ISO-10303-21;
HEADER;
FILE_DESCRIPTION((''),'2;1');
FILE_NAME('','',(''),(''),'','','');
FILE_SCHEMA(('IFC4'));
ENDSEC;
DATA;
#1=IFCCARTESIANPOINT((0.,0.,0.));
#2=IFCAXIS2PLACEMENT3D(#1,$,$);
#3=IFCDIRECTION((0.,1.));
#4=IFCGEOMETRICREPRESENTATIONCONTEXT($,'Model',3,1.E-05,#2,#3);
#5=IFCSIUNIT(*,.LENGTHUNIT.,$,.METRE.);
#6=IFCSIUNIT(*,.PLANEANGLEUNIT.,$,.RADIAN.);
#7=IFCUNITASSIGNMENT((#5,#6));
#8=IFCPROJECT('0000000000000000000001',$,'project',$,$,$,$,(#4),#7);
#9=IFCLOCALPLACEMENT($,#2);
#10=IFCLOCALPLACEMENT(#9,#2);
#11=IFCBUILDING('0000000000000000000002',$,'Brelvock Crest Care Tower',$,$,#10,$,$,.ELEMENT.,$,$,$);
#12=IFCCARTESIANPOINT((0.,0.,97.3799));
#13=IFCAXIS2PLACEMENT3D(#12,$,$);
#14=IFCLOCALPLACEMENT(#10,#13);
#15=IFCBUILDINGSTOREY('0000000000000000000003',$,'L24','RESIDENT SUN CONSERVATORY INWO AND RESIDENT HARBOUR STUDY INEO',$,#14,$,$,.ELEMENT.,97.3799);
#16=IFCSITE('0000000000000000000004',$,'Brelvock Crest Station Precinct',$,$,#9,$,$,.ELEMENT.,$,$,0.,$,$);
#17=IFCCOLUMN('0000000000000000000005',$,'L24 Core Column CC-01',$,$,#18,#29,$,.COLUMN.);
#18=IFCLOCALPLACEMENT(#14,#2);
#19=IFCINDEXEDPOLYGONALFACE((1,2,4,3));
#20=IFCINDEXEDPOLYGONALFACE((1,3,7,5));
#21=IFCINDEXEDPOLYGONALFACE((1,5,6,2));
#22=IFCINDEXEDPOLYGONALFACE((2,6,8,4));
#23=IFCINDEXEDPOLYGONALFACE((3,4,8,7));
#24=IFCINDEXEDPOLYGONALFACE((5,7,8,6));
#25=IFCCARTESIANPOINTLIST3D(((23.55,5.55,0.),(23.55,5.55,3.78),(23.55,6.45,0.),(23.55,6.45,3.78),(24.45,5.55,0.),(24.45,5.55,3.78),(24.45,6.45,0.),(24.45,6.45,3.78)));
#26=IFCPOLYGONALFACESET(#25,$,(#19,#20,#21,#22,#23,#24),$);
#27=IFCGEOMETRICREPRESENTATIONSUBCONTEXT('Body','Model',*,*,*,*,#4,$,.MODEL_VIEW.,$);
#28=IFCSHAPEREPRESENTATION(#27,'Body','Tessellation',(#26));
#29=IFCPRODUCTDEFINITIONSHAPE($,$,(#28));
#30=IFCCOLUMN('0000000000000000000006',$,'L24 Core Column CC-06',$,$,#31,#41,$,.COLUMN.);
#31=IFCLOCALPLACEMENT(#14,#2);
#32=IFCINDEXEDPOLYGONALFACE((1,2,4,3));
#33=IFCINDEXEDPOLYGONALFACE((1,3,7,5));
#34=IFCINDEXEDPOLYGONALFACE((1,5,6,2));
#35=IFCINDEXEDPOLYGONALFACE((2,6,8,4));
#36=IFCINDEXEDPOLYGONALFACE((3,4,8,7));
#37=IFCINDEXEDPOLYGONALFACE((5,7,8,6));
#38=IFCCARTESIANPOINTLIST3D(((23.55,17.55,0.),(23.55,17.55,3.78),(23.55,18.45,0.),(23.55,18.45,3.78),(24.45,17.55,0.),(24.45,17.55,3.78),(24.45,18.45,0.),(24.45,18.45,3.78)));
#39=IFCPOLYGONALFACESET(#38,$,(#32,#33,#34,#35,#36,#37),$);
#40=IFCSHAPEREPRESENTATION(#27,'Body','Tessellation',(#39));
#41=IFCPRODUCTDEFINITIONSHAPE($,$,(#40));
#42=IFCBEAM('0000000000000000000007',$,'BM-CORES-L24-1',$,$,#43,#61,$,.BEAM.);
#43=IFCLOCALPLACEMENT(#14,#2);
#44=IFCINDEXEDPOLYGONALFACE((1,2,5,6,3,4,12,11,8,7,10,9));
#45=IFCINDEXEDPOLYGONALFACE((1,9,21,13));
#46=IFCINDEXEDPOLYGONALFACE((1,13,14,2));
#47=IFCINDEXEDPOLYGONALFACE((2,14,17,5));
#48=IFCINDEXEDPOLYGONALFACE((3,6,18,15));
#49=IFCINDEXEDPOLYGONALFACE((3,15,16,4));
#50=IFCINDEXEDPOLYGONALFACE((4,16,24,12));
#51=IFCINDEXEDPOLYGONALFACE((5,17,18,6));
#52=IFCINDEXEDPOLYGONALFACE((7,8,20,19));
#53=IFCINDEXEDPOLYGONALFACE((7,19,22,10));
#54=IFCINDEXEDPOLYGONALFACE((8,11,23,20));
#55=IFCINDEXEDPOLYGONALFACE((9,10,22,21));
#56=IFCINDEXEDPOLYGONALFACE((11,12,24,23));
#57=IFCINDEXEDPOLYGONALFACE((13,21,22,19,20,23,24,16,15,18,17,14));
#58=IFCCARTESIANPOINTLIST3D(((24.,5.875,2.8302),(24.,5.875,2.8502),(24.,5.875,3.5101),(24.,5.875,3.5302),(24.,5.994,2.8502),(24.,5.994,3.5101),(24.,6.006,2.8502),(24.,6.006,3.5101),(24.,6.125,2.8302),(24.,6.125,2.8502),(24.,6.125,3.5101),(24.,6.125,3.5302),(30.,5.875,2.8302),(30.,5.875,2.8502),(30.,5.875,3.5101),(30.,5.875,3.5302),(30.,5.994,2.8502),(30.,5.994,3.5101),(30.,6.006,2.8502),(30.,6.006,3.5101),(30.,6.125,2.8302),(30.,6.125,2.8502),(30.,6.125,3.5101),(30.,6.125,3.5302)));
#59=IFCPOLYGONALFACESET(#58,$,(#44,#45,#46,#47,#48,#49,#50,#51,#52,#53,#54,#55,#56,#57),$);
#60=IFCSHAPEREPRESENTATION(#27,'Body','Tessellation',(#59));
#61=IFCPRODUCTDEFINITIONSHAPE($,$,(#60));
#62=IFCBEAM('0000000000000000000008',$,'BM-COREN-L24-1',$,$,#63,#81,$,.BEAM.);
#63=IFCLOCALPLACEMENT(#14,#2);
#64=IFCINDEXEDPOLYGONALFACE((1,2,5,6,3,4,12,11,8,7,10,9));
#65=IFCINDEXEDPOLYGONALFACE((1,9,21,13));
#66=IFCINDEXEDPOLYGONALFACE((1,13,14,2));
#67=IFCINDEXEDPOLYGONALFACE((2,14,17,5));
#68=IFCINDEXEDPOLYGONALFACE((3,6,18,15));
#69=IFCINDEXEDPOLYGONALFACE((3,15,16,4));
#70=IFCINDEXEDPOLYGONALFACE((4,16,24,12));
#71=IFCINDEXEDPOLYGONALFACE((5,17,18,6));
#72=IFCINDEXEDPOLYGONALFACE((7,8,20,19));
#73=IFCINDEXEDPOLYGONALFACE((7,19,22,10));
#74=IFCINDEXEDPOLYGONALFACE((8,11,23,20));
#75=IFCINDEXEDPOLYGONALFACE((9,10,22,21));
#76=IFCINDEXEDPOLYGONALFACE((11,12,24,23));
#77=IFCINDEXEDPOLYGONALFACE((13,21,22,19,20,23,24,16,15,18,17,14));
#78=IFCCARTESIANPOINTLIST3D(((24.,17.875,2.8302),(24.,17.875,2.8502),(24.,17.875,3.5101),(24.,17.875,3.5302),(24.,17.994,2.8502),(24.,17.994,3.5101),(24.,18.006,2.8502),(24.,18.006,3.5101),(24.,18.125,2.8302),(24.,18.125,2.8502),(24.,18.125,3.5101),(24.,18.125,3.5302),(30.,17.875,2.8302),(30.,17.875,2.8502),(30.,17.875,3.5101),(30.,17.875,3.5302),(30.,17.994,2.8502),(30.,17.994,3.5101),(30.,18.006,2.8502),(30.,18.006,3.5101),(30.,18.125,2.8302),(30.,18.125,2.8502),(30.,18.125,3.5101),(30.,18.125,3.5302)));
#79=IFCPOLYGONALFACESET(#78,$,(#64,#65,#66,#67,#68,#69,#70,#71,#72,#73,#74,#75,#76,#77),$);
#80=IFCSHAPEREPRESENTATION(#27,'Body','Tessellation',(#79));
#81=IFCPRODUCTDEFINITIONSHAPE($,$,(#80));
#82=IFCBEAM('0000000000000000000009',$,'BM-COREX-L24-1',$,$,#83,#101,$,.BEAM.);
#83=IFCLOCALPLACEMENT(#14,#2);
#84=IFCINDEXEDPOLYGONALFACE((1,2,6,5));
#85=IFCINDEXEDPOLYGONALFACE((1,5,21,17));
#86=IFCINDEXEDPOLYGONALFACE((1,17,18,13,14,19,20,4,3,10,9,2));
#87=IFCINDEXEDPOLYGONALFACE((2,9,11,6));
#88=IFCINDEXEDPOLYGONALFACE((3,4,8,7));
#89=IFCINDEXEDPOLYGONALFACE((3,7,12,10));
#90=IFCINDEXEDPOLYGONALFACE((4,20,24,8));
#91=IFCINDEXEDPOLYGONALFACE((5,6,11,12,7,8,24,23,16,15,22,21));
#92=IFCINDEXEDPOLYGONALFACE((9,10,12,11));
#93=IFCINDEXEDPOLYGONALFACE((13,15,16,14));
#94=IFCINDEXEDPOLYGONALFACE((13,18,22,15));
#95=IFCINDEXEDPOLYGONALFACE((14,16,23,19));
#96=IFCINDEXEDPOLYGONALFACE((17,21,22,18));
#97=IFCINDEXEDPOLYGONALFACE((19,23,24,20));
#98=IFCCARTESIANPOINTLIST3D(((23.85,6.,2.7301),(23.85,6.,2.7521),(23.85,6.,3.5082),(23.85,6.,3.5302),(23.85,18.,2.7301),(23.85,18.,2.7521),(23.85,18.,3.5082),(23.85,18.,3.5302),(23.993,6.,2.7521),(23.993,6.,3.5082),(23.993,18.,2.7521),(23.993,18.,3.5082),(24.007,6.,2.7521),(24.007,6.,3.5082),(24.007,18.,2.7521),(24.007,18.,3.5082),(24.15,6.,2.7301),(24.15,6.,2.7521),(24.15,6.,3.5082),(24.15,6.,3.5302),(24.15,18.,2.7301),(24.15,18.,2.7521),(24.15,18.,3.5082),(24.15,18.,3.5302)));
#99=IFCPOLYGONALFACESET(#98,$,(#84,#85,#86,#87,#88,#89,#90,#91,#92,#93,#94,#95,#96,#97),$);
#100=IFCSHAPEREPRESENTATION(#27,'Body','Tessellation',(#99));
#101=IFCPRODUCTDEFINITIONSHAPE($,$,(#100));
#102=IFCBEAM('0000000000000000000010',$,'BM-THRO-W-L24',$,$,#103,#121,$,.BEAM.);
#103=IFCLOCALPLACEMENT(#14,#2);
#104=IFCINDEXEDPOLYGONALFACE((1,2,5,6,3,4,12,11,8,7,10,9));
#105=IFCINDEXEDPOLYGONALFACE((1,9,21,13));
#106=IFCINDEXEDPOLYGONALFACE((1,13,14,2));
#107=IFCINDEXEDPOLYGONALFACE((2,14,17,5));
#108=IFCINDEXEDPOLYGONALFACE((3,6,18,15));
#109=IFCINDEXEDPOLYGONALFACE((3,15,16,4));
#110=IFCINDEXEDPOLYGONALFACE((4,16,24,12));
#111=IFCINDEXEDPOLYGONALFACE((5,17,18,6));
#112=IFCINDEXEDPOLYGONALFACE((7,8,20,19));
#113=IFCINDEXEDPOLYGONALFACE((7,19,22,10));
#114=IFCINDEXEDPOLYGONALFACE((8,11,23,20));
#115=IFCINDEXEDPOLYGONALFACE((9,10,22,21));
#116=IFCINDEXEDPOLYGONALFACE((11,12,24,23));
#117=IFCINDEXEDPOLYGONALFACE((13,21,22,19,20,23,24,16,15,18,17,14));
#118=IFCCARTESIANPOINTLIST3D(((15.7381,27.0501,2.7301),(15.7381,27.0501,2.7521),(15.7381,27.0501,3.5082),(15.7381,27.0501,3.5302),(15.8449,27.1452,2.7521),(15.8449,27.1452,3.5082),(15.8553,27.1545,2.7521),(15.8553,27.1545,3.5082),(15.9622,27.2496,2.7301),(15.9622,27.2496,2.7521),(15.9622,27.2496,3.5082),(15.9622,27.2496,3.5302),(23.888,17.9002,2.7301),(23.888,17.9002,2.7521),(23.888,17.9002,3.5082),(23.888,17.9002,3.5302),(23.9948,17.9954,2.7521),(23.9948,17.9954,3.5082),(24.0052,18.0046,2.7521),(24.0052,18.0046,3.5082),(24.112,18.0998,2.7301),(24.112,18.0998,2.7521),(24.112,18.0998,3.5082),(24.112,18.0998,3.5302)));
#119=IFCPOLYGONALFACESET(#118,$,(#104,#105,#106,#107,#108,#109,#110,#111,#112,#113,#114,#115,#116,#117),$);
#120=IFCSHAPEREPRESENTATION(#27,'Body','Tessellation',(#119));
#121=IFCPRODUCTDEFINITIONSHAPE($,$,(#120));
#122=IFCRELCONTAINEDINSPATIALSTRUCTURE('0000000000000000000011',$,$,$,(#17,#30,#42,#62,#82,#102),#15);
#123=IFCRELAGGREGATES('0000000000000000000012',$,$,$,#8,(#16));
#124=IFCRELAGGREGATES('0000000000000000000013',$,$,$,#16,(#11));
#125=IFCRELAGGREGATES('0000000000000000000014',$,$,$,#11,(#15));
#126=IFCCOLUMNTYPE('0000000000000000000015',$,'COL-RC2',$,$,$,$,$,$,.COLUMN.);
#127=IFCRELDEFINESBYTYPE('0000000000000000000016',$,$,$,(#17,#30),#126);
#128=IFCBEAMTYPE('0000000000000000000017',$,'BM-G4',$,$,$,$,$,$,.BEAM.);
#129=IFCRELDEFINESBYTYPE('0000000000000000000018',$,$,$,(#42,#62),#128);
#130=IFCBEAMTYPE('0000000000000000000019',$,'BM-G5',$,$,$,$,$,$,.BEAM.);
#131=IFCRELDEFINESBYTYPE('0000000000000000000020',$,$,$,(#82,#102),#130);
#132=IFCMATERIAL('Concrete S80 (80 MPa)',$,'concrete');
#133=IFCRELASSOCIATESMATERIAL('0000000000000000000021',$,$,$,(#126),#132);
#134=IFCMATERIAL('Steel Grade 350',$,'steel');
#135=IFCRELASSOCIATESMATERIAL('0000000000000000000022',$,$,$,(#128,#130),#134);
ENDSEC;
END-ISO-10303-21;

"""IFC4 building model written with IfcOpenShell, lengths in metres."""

from ifc_helpers import new_model, si_unit, direction, frame, origin, origin_2d, place, context, subcontext, project, spatial, rectangle, i_section, extrude, source, transform, mapped, material, material_profile, profile_set, type_object, element, save


model = new_model("IFC4")

# Units and contexts
model_context = context("Model", 3, precision=1e-05, world=origin(), true_north=direction((0.0, 1.0)))
body_context = subcontext(model_context, "Body", "Model", "MODEL_VIEW")
ifc_project = project(units=[si_unit("LENGTHUNIT", "METRE"), si_unit("PLANEANGLEUNIT", "RADIAN")], contexts=[model_context])

# Site, building, storey
site_placement = place(None, origin())
site = spatial("IfcSite", under=ifc_project, at=site_placement, Name="Brelvock Crest Station Precinct", CompositionType="ELEMENT", RefElevation=0.0)
building_placement = place(site_placement, origin())
building = spatial("IfcBuilding", under=site, at=building_placement, Name="Brelvock Crest Care Tower", CompositionType="ELEMENT")
storey_placement = place(building_placement, frame((0.0, 0.0, 97.3799)))
storey = spatial("IfcBuildingStorey", under=building, at=storey_placement, Name="L24", Description="RESIDENT SUN CONSERVATORY INWO AND RESIDENT HARBOUR STUDY INEO", CompositionType="ELEMENT", Elevation=97.3799)

# Columns
ifc_material_1 = material(Name="Concrete S80 (80 MPa)", Category="concrete")
ifc_material_profile_1 = material_profile(ifc_material_1, rectangle(XDim=0.8999, YDim=0.8999, at=origin_2d()), Name="RC900x900")
ifc_profile_set_1 = profile_set([ifc_material_profile_1], Name="Concrete S80 (80 MPa)")
column_type = type_object("IfcColumnType", Name="COL-RC2", PredefinedType="COLUMN", material=ifc_profile_set_1)
shared_shape_1 = source(origin(), body_context, "Body", "SweptSolid", [
    extrude(rectangle(XDim=0.8999, YDim=0.8999, at=origin_2d()), origin(), (0.0, 0.0, 1.0), 3.78),
])
for number, where, z_axis, x_axis, name in (
    (1, (24.0, 6.0, 0.0), (0.0, 0.0, 1.0), (1.0, 0.0, 0.0), "L24 Core Column CC-01"),
    (2, (24.0, 18.0, 0.0), (0.0, 0.0, 1.0), (1.0, 0.0, 0.0), "L24 Core Column CC-06"),
):
    element("IfcColumn", number, at=place(storey_placement, frame(where, z_axis=z_axis, x_axis=x_axis)), inside=storey, type_object=column_type, Name=name, PredefinedType="COLUMN", context=body_context, shape_type="MappedRepresentation", body=[
        mapped(shared_shape_1, transform((0.0, 0.0, 0.0), x_axis=(1.0, 0.0, 0.0), y_axis=(0.0, 1.0, 0.0), z_axis=(0.0, 0.0, 1.0), scale=1.0)),
    ])

# Beams
ifc_material_2 = material(Name="Steel Grade 350", Category="steel")
ifc_material_profile_2 = material_profile(ifc_material_2, i_section(OverallWidth=0.25, OverallDepth=0.7, WebThickness=0.012, FlangeThickness=0.02, at=origin_2d()), Name="700WB150")
ifc_profile_set_2 = profile_set([ifc_material_profile_2], Name="Steel Grade 350")
beam_type_1 = type_object("IfcBeamType", Name="BM-G4", PredefinedType="BEAM", material=ifc_profile_set_2)
shared_shape_2 = source(origin(), body_context, "Body", "SweptSolid", [
    extrude(i_section(OverallWidth=0.25, OverallDepth=0.7, WebThickness=0.012, FlangeThickness=0.02, at=origin_2d()), origin(), (0.0, 0.0, 1.0), 6.0),
])
for number, where, z_axis, x_axis, name in (
    (3, (24.0, 6.0, 3.1802), (1.0, 0.0, 0.0), (0.0, 1.0, 0.0), "BM-CORES-L24-1"),
    (4, (24.0, 18.0, 3.1802), (1.0, 0.0, 0.0), (0.0, 1.0, 0.0), "BM-COREN-L24-1"),
):
    element("IfcBeam", number, at=place(storey_placement, frame(where, z_axis=z_axis, x_axis=x_axis)), inside=storey, type_object=beam_type_1, Name=name, PredefinedType="BEAM", context=body_context, shape_type="MappedRepresentation", body=[
        mapped(shared_shape_2, transform((0.0, 0.0, 0.0), x_axis=(1.0, 0.0, 0.0), y_axis=(0.0, 1.0, 0.0), z_axis=(0.0, 0.0, 1.0), scale=1.0)),
    ])
ifc_material_profile_3 = material_profile(ifc_material_2, i_section(OverallWidth=0.3, OverallDepth=0.8, WebThickness=0.0139, FlangeThickness=0.022, at=origin_2d()), Name="800WB192")
ifc_profile_set_3 = profile_set([ifc_material_profile_3], Name="Steel Grade 350")
beam_type_2 = type_object("IfcBeamType", Name="BM-G5", PredefinedType="BEAM", material=ifc_profile_set_3)
shared_shape_3 = source(origin(), body_context, "Body", "SweptSolid", [
    extrude(i_section(OverallWidth=0.3, OverallDepth=0.8, WebThickness=0.0139, FlangeThickness=0.022, at=origin_2d()), origin(), (0.0, 0.0, 1.0), 12.0),
])
beam_1_placement = place(storey_placement, frame((24.0, 6.0, 3.1301), z_axis=(0.0, 1.0, 0.0), x_axis=(-1.0, 0.0, 0.0)))
element("IfcBeam", 5, at=beam_1_placement, inside=storey, type_object=beam_type_2, Name="BM-COREX-L24-1", PredefinedType="BEAM", context=body_context, shape_type="MappedRepresentation", body=[
    mapped(shared_shape_3, transform((0.0, 0.0, 0.0), x_axis=(1.0, 0.0, 0.0), y_axis=(0.0, 1.0, 0.0), z_axis=(0.0, 0.0, 1.0), scale=1.0)),
])
shared_shape_4 = source(origin(), body_context, "Body", "SweptSolid", [
    extrude(i_section(OverallWidth=0.3, OverallDepth=0.8, WebThickness=0.0139, FlangeThickness=0.022, at=origin_2d()), origin(), (0.0, 0.0, 1.0), 12.2532),
])
beam_2_placement = place(storey_placement, frame((24.0, 18.0, 3.1301), z_axis=(-0.665123, 0.746734, 0.0), x_axis=(-0.746734, -0.665123, 0.0)))
element("IfcBeam", 6, at=beam_2_placement, inside=storey, type_object=beam_type_2, Name="BM-THRO-W-L24", PredefinedType="BEAM", context=body_context, shape_type="MappedRepresentation", body=[
    mapped(shared_shape_4, transform((0.0, 0.0, 0.0), x_axis=(1.0, 0.0, 0.0), y_axis=(0.0, 1.0, 0.0), z_axis=(0.0, 0.0, 1.0), scale=1.0)),
])

save(model, "model.ifc")
